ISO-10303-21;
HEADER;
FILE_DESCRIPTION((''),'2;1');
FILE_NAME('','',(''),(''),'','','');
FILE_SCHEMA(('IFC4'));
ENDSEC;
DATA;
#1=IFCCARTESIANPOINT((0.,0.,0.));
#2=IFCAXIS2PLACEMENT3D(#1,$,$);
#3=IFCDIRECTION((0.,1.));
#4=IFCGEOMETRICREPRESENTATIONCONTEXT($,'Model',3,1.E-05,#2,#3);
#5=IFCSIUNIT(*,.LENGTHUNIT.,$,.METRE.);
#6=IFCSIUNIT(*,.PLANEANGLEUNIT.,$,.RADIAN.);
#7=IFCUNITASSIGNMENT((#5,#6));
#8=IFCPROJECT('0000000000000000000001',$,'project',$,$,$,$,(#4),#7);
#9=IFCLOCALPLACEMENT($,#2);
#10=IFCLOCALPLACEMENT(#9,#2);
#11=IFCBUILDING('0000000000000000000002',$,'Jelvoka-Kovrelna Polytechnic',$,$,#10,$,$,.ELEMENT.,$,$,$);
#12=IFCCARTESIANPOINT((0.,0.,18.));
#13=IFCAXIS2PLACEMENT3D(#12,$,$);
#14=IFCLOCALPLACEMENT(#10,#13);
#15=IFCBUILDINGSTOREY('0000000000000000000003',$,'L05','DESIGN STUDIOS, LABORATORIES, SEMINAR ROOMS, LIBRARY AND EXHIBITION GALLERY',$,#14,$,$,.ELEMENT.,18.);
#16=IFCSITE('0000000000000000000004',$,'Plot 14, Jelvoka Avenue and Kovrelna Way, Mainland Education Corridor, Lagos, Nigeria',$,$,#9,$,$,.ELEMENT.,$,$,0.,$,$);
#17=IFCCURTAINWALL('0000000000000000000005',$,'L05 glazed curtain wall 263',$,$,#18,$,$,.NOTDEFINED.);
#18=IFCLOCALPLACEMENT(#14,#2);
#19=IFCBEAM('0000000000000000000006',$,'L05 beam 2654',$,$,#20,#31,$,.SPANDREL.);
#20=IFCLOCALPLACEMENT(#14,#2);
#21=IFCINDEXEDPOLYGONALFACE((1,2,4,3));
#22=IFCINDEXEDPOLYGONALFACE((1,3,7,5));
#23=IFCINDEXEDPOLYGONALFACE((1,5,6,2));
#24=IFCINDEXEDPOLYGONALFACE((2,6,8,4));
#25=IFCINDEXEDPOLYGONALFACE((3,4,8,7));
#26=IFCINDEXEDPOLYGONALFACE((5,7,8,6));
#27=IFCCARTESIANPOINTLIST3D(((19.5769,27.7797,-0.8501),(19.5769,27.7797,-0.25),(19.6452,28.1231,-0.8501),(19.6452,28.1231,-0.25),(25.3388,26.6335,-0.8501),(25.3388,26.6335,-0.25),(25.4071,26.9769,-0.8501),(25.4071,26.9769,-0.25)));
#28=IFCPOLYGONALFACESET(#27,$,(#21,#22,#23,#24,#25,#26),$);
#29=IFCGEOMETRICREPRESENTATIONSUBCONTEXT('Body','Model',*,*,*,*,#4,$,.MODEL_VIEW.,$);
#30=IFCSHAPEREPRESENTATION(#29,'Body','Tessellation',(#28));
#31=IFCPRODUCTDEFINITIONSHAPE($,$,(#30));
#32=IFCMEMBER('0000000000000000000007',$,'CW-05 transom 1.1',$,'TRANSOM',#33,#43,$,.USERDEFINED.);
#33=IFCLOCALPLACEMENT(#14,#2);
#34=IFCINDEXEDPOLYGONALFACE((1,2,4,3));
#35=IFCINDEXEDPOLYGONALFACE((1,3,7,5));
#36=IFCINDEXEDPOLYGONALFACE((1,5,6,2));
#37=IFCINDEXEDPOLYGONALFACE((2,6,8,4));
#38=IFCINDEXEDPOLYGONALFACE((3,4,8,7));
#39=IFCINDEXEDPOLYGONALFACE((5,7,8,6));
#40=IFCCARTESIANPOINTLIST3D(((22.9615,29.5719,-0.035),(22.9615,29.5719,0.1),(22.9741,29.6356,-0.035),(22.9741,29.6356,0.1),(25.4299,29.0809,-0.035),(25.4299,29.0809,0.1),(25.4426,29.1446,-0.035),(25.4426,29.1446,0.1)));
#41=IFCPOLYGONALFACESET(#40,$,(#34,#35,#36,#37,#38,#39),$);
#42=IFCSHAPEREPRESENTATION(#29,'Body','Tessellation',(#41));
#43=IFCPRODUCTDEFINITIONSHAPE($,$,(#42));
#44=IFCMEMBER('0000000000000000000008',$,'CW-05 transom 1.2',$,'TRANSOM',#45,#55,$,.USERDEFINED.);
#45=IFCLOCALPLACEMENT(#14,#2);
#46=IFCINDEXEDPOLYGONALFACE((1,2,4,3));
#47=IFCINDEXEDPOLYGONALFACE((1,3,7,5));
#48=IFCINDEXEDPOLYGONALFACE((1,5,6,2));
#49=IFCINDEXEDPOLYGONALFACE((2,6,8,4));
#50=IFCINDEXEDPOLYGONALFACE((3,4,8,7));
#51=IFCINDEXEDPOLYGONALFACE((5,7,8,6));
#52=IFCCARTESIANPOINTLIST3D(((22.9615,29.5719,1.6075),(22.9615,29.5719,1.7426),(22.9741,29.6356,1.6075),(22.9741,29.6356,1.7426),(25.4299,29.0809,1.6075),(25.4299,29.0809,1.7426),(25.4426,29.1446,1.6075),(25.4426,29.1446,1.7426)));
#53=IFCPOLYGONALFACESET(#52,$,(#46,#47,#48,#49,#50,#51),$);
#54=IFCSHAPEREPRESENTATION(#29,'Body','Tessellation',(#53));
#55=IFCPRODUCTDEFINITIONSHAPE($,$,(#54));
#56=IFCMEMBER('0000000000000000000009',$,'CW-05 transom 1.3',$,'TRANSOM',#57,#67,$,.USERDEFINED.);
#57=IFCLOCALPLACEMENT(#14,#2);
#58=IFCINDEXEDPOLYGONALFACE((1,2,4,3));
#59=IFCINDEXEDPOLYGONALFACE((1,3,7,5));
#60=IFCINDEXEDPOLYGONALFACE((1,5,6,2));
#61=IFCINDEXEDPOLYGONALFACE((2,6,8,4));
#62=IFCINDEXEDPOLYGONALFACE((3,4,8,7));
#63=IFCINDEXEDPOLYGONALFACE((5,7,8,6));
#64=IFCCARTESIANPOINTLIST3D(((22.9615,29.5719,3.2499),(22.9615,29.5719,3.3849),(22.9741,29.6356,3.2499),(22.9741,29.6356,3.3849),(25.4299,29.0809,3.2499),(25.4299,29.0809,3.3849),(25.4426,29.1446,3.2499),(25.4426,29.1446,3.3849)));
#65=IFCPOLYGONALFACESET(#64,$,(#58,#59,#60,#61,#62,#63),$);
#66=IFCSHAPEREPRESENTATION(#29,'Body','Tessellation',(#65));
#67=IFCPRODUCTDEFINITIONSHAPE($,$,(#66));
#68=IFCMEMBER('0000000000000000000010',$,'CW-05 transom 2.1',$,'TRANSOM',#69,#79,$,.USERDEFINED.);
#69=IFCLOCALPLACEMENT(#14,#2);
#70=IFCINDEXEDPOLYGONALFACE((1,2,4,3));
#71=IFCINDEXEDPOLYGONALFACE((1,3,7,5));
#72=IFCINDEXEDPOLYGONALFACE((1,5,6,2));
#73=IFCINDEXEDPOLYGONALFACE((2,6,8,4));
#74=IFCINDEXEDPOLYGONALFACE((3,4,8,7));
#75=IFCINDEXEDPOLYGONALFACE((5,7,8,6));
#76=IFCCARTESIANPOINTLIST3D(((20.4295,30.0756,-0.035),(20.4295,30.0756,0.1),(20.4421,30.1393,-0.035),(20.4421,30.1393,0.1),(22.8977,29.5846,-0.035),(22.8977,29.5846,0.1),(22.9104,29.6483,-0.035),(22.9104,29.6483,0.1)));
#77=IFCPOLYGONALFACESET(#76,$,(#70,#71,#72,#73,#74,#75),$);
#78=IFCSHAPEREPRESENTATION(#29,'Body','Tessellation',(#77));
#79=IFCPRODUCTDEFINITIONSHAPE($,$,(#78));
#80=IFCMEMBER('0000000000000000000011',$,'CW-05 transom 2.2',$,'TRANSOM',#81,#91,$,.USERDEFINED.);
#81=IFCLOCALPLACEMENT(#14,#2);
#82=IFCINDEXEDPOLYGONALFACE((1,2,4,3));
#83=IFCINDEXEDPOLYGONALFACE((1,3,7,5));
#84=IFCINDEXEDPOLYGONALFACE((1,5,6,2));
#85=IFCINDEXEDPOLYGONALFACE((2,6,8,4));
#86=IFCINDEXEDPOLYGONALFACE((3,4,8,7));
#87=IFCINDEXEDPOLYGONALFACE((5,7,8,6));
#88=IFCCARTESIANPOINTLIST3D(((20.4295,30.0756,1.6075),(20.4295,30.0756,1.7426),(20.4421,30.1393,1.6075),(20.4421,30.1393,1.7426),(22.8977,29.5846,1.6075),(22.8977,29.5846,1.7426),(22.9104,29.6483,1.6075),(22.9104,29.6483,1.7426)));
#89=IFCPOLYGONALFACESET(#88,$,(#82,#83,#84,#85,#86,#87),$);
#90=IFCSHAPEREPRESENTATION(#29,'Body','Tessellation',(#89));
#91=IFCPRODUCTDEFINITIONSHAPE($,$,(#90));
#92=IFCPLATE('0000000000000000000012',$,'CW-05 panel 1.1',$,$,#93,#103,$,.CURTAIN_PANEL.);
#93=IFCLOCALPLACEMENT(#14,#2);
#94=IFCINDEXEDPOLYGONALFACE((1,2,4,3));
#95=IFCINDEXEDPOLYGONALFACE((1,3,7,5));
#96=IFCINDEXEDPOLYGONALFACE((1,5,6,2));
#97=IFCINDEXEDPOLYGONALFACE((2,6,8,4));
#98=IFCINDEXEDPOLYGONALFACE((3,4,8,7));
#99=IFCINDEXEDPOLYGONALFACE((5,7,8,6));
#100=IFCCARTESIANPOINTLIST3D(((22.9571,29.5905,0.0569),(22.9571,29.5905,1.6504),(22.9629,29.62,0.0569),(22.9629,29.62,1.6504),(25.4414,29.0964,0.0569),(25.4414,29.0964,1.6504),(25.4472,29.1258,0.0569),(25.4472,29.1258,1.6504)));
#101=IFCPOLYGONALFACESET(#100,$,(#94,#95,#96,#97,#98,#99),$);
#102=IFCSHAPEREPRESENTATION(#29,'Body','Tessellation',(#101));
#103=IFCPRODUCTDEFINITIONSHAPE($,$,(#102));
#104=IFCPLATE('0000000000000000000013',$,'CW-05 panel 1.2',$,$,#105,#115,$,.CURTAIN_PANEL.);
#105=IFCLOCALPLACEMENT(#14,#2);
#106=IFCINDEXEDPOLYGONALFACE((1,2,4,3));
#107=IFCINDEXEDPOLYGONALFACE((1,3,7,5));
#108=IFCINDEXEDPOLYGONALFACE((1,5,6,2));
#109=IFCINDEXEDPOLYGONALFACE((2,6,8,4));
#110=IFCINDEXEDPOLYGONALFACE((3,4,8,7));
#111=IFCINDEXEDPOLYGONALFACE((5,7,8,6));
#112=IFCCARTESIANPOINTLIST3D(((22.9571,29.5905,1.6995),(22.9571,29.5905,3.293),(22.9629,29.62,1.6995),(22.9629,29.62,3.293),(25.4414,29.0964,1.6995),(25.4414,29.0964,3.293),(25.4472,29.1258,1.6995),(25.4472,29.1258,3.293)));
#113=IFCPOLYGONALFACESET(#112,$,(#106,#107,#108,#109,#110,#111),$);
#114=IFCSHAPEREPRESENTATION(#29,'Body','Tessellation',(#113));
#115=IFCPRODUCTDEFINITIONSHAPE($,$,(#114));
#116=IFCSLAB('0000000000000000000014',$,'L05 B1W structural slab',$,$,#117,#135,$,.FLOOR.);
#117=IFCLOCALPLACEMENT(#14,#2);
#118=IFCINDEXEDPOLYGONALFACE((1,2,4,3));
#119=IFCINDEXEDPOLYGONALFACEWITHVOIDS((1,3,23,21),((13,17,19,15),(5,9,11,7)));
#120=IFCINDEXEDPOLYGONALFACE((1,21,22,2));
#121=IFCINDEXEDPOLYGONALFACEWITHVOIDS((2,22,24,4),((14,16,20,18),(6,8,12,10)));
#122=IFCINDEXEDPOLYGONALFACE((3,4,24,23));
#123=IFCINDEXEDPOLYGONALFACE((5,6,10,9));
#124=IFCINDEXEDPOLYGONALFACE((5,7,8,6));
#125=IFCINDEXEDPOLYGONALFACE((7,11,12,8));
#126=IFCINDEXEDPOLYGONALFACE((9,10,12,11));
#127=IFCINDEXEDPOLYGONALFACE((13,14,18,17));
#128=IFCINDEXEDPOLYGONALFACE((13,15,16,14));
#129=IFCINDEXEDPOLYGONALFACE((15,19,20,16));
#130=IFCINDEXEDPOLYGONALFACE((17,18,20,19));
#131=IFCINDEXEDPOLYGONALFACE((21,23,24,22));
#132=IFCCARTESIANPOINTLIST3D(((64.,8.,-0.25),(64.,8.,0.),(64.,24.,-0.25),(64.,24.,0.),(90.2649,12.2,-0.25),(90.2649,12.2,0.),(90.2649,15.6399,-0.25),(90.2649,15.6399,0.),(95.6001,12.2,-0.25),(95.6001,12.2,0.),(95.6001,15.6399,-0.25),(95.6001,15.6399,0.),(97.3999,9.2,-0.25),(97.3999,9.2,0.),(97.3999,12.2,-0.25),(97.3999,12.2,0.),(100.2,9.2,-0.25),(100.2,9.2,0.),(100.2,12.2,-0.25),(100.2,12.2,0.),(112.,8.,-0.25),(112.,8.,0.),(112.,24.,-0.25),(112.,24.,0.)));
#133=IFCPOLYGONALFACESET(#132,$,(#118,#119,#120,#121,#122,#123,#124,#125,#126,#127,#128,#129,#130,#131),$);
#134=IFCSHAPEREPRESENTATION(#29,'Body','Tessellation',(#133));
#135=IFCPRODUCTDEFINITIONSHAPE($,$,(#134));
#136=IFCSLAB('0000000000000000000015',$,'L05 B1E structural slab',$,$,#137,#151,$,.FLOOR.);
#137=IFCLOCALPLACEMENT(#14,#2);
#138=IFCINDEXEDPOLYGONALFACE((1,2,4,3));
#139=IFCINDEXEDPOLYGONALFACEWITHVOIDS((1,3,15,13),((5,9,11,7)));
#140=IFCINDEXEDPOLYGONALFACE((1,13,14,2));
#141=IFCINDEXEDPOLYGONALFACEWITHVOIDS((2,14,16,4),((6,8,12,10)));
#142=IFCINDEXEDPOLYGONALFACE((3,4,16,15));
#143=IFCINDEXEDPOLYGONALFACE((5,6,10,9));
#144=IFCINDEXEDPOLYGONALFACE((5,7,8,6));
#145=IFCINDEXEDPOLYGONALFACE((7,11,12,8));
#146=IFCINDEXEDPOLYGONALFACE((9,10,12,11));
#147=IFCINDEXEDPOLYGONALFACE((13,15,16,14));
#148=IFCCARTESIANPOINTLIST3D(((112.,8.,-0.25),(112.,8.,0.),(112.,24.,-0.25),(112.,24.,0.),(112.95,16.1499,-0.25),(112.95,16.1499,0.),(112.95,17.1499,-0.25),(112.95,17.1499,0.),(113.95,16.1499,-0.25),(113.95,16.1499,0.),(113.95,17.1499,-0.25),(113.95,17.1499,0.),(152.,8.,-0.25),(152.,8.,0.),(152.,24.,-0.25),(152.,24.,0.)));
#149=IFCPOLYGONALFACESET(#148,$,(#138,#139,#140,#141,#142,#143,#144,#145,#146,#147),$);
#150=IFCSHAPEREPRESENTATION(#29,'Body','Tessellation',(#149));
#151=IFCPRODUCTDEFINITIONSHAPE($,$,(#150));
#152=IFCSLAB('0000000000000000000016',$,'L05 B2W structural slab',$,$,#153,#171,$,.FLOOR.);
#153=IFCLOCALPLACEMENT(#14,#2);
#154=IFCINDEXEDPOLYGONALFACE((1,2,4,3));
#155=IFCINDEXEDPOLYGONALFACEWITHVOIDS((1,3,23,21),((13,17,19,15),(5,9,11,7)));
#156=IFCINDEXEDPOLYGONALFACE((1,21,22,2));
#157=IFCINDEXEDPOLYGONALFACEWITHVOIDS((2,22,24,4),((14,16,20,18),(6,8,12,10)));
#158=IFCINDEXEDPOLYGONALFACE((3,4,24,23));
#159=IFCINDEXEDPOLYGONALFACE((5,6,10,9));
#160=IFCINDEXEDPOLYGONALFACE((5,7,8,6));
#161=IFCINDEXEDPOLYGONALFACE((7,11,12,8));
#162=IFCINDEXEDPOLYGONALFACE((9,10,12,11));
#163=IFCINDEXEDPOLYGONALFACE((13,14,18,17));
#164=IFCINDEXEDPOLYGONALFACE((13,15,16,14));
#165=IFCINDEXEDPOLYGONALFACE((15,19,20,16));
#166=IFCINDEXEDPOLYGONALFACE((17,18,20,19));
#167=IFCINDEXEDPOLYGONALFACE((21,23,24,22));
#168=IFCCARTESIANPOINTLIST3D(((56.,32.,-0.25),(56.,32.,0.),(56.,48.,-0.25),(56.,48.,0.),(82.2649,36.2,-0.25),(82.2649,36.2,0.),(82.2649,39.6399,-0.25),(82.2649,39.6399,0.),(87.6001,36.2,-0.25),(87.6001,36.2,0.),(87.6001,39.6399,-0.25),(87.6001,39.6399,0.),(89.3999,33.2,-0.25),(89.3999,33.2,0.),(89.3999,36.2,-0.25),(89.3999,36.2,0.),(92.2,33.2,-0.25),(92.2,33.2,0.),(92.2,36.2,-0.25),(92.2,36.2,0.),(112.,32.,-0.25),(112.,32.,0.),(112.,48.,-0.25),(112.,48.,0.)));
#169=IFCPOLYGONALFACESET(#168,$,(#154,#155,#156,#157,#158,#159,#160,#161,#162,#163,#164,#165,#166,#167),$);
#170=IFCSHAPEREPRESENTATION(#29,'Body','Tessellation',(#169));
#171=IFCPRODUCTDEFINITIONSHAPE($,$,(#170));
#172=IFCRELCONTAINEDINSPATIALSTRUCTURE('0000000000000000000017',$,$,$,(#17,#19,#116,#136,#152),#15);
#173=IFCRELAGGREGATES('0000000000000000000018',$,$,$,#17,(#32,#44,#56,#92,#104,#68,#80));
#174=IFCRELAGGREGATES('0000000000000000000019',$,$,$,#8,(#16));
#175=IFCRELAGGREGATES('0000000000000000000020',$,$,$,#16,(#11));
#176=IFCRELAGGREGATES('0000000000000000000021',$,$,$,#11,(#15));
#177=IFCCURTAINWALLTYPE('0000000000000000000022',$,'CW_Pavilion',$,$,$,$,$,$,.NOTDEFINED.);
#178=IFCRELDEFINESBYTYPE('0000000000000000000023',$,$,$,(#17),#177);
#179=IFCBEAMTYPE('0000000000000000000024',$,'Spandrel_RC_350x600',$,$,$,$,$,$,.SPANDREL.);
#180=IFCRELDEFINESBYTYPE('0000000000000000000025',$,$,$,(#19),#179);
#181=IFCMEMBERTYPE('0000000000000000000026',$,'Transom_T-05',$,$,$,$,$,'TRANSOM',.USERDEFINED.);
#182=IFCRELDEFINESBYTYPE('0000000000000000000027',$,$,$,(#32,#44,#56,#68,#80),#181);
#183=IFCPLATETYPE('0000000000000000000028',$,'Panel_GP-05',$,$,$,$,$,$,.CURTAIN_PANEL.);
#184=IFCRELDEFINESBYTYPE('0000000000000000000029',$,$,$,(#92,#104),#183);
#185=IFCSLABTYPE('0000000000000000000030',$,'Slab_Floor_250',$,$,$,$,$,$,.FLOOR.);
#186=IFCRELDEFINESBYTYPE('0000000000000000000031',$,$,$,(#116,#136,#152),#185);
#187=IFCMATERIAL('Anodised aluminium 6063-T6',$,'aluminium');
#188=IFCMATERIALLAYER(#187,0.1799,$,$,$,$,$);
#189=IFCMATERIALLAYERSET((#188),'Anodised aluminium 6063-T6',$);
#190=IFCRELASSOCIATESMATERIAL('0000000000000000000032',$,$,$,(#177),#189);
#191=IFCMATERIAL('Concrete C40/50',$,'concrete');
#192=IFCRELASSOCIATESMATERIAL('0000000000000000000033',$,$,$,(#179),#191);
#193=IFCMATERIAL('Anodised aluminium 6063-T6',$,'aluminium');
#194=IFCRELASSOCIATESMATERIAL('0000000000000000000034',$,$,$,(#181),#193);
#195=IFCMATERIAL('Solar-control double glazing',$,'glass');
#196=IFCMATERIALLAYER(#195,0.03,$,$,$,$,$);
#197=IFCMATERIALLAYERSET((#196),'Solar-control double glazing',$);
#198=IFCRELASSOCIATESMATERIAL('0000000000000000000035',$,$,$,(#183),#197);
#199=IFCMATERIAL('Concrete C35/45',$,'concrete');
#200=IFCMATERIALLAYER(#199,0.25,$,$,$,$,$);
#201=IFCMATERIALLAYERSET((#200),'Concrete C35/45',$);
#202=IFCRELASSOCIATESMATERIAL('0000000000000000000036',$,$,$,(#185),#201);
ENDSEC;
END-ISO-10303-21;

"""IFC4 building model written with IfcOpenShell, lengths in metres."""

from ifc_helpers import new_model, si_unit, direction, frame, origin, origin_2d, place, context, subcontext, project, spatial, polyline, rectangle, outline, extrude, material, layer, layer_set, material_profile, profile_set, type_object, element, aggregate, save


model = new_model("IFC4")

# Units and contexts
model_context = context("Model", 3, precision=1e-05, world=origin(), true_north=direction((0.0, 1.0)))
body_context = subcontext(model_context, "Body", "Model", "MODEL_VIEW")
ifc_project = project(units=[si_unit("LENGTHUNIT", "METRE"), si_unit("PLANEANGLEUNIT", "RADIAN")], contexts=[model_context])

# Site, building, storey
site_placement = place(None, origin())
site = spatial("IfcSite", under=ifc_project, at=site_placement, Name="Plot 14, Jelvoka Avenue and Kovrelna Way, Mainland Education Corridor, Lagos, Nigeria", CompositionType="ELEMENT", RefElevation=0.0)
building_placement = place(site_placement, origin())
building = spatial("IfcBuilding", under=site, at=building_placement, Name="Jelvoka-Kovrelna Polytechnic", CompositionType="ELEMENT")
storey_placement = place(building_placement, frame((0.0, 0.0, 18.0)))
storey = spatial("IfcBuildingStorey", under=building, at=storey_placement, Name="L05", Description="DESIGN STUDIOS, LABORATORIES, SEMINAR ROOMS, LIBRARY AND EXHIBITION GALLERY", CompositionType="ELEMENT", Elevation=18.0)

# Curtain wall
ifc_material_1 = material(Name="Anodised aluminium 6063-T6", Category="aluminium")
ifc_layer_1 = layer(ifc_material_1, 0.1799)
ifc_layer_set_1 = layer_set([ifc_layer_1], Name="Anodised aluminium 6063-T6")
curtain_wall_type = type_object("IfcCurtainWallType", Name="CW_Pavilion", PredefinedType="NOTDEFINED", material=ifc_layer_set_1)
curtain_wall_placement = place(storey_placement, origin())
curtain_wall = element("IfcCurtainWall", 1, at=curtain_wall_placement, inside=storey, type_object=curtain_wall_type, Name="L05 glazed curtain wall 263", PredefinedType="NOTDEFINED")

# Beam
ifc_material_2 = material(Name="Concrete C40/50", Category="concrete")
ifc_material_profile_1 = material_profile(ifc_material_2, rectangle(XDim=0.3501, YDim=0.6001, at=origin_2d()), Name="RC 350x600")
ifc_profile_set_1 = profile_set([ifc_material_profile_1], Name="Concrete C40/50")
beam_type_1 = type_object("IfcBeamType", Name="Spandrel_RC_350x600", PredefinedType="SPANDREL", material=ifc_profile_set_1)
beam_1_placement = place(storey_placement, frame((19.6111, 27.9514, -0.55), z_axis=(0.980782, -0.195109, 0.0), x_axis=(0.195109, 0.980782, 0.0)))
element("IfcBeam", 2, at=beam_1_placement, inside=storey, type_object=beam_type_1, Name="L05 beam 2654", PredefinedType="SPANDREL", context=body_context, shape_type="SweptSolid", body=[
    extrude(rectangle(XDim=0.3501, YDim=0.6001, at=origin_2d()), origin(), (0.0, 0.0, 1.0), 5.8748),
])

# Members
ifc_material_3 = material(Name="Anodised aluminium 6063-T6", Category="aluminium")
ifc_material_profile_2 = material_profile(ifc_material_3, rectangle(XDim=0.0649, YDim=0.135, at=origin_2d()), Name="ALU 65x135")
ifc_profile_set_2 = profile_set([ifc_material_profile_2], Name="Anodised aluminium 6063-T6")
member_type_1 = type_object("IfcMemberType", Name="Transom_T-05", ElementType="TRANSOM", PredefinedType="USERDEFINED", material=ifc_profile_set_2)
member_1_placement = place(storey_placement, frame((25.4363, 29.1128, 0.0325), z_axis=(-0.980789, 0.195071, 0.0), x_axis=(-0.195071, -0.980789, 0.0)))
member_1 = element("IfcMember", 3, at=member_1_placement, type_object=member_type_1, Name="CW-05 transom 1.1", ObjectType="TRANSOM", PredefinedType="USERDEFINED", context=body_context, shape_type="SweptSolid", body=[
    extrude(rectangle(XDim=0.0649, YDim=0.135, at=origin_2d()), origin(), (0.0, 0.0, 1.0), 2.5168),
])
member_2_placement = place(storey_placement, frame((25.4363, 29.1128, 1.675), z_axis=(-0.980789, 0.195071, 0.0), x_axis=(-0.195071, -0.980789, 0.0)))
member_2 = element("IfcMember", 4, at=member_2_placement, type_object=member_type_1, Name="CW-05 transom 1.2", ObjectType="TRANSOM", PredefinedType="USERDEFINED", context=body_context, shape_type="SweptSolid", body=[
    extrude(rectangle(XDim=0.0649, YDim=0.135, at=origin_2d()), origin(), (0.0, 0.0, 1.0), 2.5168),
])
member_3_placement = place(storey_placement, frame((25.4363, 29.1128, 3.3174), z_axis=(-0.980789, 0.195071, 0.0), x_axis=(-0.195071, -0.980789, 0.0)))
member_3 = element("IfcMember", 5, at=member_3_placement, type_object=member_type_1, Name="CW-05 transom 1.3", ObjectType="TRANSOM", PredefinedType="USERDEFINED", context=body_context, shape_type="SweptSolid", body=[
    extrude(rectangle(XDim=0.0649, YDim=0.135, at=origin_2d()), origin(), (0.0, 0.0, 1.0), 2.5168),
])
member_4_placement = place(storey_placement, frame((22.9041, 29.6165, 0.0325), z_axis=(-0.980785, 0.19509, 0.0), x_axis=(-0.19509, -0.980785, 0.0)))
member_4 = element("IfcMember", 6, at=member_4_placement, type_object=member_type_1, Name="CW-05 transom 2.1", ObjectType="TRANSOM", PredefinedType="USERDEFINED", context=body_context, shape_type="SweptSolid", body=[
    extrude(rectangle(XDim=0.0649, YDim=0.135, at=origin_2d()), origin(), (0.0, 0.0, 1.0), 2.5166),
])
member_5_placement = place(storey_placement, frame((22.9041, 29.6165, 1.675), z_axis=(-0.980785, 0.19509, 0.0), x_axis=(-0.19509, -0.980785, 0.0)))
member_5 = element("IfcMember", 7, at=member_5_placement, type_object=member_type_1, Name="CW-05 transom 2.2", ObjectType="TRANSOM", PredefinedType="USERDEFINED", context=body_context, shape_type="SweptSolid", body=[
    extrude(rectangle(XDim=0.0649, YDim=0.135, at=origin_2d()), origin(), (0.0, 0.0, 1.0), 2.5166),
])

# Plates
ifc_material_4 = material(Name="Solar-control double glazing", Category="glass")
ifc_layer_2 = layer(ifc_material_4, 0.03)
ifc_layer_set_2 = layer_set([ifc_layer_2], Name="Solar-control double glazing")
plate_type = type_object("IfcPlateType", Name="Panel_GP-05", PredefinedType="CURTAIN_PANEL", material=ifc_layer_set_2)
plate_1_placement = place(storey_placement, frame((24.2021, 29.3582, 0.0569), z_axis=(0.0, 0.0, 1.0), x_axis=(-0.980786, 0.195086, 0.0)))
plate_1 = element("IfcPlate", 8, at=plate_1_placement, type_object=plate_type, Name="CW-05 panel 1.1", PredefinedType="CURTAIN_PANEL", context=body_context, shape_type="SweptSolid", body=[
    extrude(rectangle(XDim=2.533, YDim=0.03, at=origin_2d()), origin(), (0.0, 0.0, 1.0), 1.5935),
])
plate_2_placement = place(storey_placement, frame((24.2021, 29.3582, 1.6995), z_axis=(0.0, 0.0, 1.0), x_axis=(-0.980786, 0.195086, 0.0)))
plate_2 = element("IfcPlate", 9, at=plate_2_placement, type_object=plate_type, Name="CW-05 panel 1.2", PredefinedType="CURTAIN_PANEL", context=body_context, shape_type="SweptSolid", body=[
    extrude(rectangle(XDim=2.533, YDim=0.03, at=origin_2d()), origin(), (0.0, 0.0, 1.0), 1.5935),
])
aggregate(curtain_wall, [member_1, member_2, member_3, plate_1, plate_2, member_4, member_5])

# Slabs
ifc_material_5 = material(Name="Concrete C35/45", Category="concrete")
ifc_layer_3 = layer(ifc_material_5, 0.25)
ifc_layer_set_3 = layer_set([ifc_layer_3], Name="Concrete C35/45")
slab_type_1 = type_object("IfcSlabType", Name="Slab_Floor_250", PredefinedType="FLOOR", material=ifc_layer_set_3)
slab_1_placement = place(storey_placement, frame((0.0, 0.0, -0.25)))
element("IfcSlab", 10, at=slab_1_placement, inside=storey, type_object=slab_type_1, Name="L05 B1W structural slab", PredefinedType="FLOOR", context=body_context, shape_type="SweptSolid", body=[
    extrude(outline(polyline([(64.0, 8.0), (112.0, 8.0), (112.0, 24.0), (64.0, 24.0), (64.0, 8.0)]), holes=[polyline([(97.3999, 9.2), (100.2, 9.2), (100.2, 12.2), (97.3999, 12.2), (97.3999, 9.2)]), polyline([(90.2649, 12.2), (95.6001, 12.2), (95.6001, 15.6399), (90.2649, 15.6399), (90.2649, 12.2)])]), origin(), (0.0, 0.0, 1.0), 0.25),
])
slab_2_placement = place(storey_placement, frame((0.0, 0.0, -0.25)))
element("IfcSlab", 11, at=slab_2_placement, inside=storey, type_object=slab_type_1, Name="L05 B1E structural slab", PredefinedType="FLOOR", context=body_context, shape_type="SweptSolid", body=[
    extrude(outline(polyline([(112.0, 8.0), (152.0, 8.0), (152.0, 24.0), (112.0, 24.0), (112.0, 8.0)]), holes=[polyline([(112.95, 16.1499), (113.95, 16.1499), (113.95, 17.1499), (112.95, 17.1499), (112.95, 16.1499)])]), origin(), (0.0, 0.0, 1.0), 0.25),
])
slab_3_placement = place(storey_placement, frame((0.0, 0.0, -0.25)))
element("IfcSlab", 12, at=slab_3_placement, inside=storey, type_object=slab_type_1, Name="L05 B2W structural slab", PredefinedType="FLOOR", context=body_context, shape_type="SweptSolid", body=[
    extrude(outline(polyline([(56.0, 32.0), (112.0, 32.0), (112.0, 48.0), (56.0, 48.0), (56.0, 32.0)]), holes=[polyline([(89.3999, 33.2), (92.2, 33.2), (92.2, 36.2), (89.3999, 36.2), (89.3999, 33.2)]), polyline([(82.2649, 36.2), (87.6001, 36.2), (87.6001, 39.6399), (82.2649, 39.6399), (82.2649, 36.2)])]), origin(), (0.0, 0.0, 1.0), 0.25),
])

save(model, "model.ifc")
